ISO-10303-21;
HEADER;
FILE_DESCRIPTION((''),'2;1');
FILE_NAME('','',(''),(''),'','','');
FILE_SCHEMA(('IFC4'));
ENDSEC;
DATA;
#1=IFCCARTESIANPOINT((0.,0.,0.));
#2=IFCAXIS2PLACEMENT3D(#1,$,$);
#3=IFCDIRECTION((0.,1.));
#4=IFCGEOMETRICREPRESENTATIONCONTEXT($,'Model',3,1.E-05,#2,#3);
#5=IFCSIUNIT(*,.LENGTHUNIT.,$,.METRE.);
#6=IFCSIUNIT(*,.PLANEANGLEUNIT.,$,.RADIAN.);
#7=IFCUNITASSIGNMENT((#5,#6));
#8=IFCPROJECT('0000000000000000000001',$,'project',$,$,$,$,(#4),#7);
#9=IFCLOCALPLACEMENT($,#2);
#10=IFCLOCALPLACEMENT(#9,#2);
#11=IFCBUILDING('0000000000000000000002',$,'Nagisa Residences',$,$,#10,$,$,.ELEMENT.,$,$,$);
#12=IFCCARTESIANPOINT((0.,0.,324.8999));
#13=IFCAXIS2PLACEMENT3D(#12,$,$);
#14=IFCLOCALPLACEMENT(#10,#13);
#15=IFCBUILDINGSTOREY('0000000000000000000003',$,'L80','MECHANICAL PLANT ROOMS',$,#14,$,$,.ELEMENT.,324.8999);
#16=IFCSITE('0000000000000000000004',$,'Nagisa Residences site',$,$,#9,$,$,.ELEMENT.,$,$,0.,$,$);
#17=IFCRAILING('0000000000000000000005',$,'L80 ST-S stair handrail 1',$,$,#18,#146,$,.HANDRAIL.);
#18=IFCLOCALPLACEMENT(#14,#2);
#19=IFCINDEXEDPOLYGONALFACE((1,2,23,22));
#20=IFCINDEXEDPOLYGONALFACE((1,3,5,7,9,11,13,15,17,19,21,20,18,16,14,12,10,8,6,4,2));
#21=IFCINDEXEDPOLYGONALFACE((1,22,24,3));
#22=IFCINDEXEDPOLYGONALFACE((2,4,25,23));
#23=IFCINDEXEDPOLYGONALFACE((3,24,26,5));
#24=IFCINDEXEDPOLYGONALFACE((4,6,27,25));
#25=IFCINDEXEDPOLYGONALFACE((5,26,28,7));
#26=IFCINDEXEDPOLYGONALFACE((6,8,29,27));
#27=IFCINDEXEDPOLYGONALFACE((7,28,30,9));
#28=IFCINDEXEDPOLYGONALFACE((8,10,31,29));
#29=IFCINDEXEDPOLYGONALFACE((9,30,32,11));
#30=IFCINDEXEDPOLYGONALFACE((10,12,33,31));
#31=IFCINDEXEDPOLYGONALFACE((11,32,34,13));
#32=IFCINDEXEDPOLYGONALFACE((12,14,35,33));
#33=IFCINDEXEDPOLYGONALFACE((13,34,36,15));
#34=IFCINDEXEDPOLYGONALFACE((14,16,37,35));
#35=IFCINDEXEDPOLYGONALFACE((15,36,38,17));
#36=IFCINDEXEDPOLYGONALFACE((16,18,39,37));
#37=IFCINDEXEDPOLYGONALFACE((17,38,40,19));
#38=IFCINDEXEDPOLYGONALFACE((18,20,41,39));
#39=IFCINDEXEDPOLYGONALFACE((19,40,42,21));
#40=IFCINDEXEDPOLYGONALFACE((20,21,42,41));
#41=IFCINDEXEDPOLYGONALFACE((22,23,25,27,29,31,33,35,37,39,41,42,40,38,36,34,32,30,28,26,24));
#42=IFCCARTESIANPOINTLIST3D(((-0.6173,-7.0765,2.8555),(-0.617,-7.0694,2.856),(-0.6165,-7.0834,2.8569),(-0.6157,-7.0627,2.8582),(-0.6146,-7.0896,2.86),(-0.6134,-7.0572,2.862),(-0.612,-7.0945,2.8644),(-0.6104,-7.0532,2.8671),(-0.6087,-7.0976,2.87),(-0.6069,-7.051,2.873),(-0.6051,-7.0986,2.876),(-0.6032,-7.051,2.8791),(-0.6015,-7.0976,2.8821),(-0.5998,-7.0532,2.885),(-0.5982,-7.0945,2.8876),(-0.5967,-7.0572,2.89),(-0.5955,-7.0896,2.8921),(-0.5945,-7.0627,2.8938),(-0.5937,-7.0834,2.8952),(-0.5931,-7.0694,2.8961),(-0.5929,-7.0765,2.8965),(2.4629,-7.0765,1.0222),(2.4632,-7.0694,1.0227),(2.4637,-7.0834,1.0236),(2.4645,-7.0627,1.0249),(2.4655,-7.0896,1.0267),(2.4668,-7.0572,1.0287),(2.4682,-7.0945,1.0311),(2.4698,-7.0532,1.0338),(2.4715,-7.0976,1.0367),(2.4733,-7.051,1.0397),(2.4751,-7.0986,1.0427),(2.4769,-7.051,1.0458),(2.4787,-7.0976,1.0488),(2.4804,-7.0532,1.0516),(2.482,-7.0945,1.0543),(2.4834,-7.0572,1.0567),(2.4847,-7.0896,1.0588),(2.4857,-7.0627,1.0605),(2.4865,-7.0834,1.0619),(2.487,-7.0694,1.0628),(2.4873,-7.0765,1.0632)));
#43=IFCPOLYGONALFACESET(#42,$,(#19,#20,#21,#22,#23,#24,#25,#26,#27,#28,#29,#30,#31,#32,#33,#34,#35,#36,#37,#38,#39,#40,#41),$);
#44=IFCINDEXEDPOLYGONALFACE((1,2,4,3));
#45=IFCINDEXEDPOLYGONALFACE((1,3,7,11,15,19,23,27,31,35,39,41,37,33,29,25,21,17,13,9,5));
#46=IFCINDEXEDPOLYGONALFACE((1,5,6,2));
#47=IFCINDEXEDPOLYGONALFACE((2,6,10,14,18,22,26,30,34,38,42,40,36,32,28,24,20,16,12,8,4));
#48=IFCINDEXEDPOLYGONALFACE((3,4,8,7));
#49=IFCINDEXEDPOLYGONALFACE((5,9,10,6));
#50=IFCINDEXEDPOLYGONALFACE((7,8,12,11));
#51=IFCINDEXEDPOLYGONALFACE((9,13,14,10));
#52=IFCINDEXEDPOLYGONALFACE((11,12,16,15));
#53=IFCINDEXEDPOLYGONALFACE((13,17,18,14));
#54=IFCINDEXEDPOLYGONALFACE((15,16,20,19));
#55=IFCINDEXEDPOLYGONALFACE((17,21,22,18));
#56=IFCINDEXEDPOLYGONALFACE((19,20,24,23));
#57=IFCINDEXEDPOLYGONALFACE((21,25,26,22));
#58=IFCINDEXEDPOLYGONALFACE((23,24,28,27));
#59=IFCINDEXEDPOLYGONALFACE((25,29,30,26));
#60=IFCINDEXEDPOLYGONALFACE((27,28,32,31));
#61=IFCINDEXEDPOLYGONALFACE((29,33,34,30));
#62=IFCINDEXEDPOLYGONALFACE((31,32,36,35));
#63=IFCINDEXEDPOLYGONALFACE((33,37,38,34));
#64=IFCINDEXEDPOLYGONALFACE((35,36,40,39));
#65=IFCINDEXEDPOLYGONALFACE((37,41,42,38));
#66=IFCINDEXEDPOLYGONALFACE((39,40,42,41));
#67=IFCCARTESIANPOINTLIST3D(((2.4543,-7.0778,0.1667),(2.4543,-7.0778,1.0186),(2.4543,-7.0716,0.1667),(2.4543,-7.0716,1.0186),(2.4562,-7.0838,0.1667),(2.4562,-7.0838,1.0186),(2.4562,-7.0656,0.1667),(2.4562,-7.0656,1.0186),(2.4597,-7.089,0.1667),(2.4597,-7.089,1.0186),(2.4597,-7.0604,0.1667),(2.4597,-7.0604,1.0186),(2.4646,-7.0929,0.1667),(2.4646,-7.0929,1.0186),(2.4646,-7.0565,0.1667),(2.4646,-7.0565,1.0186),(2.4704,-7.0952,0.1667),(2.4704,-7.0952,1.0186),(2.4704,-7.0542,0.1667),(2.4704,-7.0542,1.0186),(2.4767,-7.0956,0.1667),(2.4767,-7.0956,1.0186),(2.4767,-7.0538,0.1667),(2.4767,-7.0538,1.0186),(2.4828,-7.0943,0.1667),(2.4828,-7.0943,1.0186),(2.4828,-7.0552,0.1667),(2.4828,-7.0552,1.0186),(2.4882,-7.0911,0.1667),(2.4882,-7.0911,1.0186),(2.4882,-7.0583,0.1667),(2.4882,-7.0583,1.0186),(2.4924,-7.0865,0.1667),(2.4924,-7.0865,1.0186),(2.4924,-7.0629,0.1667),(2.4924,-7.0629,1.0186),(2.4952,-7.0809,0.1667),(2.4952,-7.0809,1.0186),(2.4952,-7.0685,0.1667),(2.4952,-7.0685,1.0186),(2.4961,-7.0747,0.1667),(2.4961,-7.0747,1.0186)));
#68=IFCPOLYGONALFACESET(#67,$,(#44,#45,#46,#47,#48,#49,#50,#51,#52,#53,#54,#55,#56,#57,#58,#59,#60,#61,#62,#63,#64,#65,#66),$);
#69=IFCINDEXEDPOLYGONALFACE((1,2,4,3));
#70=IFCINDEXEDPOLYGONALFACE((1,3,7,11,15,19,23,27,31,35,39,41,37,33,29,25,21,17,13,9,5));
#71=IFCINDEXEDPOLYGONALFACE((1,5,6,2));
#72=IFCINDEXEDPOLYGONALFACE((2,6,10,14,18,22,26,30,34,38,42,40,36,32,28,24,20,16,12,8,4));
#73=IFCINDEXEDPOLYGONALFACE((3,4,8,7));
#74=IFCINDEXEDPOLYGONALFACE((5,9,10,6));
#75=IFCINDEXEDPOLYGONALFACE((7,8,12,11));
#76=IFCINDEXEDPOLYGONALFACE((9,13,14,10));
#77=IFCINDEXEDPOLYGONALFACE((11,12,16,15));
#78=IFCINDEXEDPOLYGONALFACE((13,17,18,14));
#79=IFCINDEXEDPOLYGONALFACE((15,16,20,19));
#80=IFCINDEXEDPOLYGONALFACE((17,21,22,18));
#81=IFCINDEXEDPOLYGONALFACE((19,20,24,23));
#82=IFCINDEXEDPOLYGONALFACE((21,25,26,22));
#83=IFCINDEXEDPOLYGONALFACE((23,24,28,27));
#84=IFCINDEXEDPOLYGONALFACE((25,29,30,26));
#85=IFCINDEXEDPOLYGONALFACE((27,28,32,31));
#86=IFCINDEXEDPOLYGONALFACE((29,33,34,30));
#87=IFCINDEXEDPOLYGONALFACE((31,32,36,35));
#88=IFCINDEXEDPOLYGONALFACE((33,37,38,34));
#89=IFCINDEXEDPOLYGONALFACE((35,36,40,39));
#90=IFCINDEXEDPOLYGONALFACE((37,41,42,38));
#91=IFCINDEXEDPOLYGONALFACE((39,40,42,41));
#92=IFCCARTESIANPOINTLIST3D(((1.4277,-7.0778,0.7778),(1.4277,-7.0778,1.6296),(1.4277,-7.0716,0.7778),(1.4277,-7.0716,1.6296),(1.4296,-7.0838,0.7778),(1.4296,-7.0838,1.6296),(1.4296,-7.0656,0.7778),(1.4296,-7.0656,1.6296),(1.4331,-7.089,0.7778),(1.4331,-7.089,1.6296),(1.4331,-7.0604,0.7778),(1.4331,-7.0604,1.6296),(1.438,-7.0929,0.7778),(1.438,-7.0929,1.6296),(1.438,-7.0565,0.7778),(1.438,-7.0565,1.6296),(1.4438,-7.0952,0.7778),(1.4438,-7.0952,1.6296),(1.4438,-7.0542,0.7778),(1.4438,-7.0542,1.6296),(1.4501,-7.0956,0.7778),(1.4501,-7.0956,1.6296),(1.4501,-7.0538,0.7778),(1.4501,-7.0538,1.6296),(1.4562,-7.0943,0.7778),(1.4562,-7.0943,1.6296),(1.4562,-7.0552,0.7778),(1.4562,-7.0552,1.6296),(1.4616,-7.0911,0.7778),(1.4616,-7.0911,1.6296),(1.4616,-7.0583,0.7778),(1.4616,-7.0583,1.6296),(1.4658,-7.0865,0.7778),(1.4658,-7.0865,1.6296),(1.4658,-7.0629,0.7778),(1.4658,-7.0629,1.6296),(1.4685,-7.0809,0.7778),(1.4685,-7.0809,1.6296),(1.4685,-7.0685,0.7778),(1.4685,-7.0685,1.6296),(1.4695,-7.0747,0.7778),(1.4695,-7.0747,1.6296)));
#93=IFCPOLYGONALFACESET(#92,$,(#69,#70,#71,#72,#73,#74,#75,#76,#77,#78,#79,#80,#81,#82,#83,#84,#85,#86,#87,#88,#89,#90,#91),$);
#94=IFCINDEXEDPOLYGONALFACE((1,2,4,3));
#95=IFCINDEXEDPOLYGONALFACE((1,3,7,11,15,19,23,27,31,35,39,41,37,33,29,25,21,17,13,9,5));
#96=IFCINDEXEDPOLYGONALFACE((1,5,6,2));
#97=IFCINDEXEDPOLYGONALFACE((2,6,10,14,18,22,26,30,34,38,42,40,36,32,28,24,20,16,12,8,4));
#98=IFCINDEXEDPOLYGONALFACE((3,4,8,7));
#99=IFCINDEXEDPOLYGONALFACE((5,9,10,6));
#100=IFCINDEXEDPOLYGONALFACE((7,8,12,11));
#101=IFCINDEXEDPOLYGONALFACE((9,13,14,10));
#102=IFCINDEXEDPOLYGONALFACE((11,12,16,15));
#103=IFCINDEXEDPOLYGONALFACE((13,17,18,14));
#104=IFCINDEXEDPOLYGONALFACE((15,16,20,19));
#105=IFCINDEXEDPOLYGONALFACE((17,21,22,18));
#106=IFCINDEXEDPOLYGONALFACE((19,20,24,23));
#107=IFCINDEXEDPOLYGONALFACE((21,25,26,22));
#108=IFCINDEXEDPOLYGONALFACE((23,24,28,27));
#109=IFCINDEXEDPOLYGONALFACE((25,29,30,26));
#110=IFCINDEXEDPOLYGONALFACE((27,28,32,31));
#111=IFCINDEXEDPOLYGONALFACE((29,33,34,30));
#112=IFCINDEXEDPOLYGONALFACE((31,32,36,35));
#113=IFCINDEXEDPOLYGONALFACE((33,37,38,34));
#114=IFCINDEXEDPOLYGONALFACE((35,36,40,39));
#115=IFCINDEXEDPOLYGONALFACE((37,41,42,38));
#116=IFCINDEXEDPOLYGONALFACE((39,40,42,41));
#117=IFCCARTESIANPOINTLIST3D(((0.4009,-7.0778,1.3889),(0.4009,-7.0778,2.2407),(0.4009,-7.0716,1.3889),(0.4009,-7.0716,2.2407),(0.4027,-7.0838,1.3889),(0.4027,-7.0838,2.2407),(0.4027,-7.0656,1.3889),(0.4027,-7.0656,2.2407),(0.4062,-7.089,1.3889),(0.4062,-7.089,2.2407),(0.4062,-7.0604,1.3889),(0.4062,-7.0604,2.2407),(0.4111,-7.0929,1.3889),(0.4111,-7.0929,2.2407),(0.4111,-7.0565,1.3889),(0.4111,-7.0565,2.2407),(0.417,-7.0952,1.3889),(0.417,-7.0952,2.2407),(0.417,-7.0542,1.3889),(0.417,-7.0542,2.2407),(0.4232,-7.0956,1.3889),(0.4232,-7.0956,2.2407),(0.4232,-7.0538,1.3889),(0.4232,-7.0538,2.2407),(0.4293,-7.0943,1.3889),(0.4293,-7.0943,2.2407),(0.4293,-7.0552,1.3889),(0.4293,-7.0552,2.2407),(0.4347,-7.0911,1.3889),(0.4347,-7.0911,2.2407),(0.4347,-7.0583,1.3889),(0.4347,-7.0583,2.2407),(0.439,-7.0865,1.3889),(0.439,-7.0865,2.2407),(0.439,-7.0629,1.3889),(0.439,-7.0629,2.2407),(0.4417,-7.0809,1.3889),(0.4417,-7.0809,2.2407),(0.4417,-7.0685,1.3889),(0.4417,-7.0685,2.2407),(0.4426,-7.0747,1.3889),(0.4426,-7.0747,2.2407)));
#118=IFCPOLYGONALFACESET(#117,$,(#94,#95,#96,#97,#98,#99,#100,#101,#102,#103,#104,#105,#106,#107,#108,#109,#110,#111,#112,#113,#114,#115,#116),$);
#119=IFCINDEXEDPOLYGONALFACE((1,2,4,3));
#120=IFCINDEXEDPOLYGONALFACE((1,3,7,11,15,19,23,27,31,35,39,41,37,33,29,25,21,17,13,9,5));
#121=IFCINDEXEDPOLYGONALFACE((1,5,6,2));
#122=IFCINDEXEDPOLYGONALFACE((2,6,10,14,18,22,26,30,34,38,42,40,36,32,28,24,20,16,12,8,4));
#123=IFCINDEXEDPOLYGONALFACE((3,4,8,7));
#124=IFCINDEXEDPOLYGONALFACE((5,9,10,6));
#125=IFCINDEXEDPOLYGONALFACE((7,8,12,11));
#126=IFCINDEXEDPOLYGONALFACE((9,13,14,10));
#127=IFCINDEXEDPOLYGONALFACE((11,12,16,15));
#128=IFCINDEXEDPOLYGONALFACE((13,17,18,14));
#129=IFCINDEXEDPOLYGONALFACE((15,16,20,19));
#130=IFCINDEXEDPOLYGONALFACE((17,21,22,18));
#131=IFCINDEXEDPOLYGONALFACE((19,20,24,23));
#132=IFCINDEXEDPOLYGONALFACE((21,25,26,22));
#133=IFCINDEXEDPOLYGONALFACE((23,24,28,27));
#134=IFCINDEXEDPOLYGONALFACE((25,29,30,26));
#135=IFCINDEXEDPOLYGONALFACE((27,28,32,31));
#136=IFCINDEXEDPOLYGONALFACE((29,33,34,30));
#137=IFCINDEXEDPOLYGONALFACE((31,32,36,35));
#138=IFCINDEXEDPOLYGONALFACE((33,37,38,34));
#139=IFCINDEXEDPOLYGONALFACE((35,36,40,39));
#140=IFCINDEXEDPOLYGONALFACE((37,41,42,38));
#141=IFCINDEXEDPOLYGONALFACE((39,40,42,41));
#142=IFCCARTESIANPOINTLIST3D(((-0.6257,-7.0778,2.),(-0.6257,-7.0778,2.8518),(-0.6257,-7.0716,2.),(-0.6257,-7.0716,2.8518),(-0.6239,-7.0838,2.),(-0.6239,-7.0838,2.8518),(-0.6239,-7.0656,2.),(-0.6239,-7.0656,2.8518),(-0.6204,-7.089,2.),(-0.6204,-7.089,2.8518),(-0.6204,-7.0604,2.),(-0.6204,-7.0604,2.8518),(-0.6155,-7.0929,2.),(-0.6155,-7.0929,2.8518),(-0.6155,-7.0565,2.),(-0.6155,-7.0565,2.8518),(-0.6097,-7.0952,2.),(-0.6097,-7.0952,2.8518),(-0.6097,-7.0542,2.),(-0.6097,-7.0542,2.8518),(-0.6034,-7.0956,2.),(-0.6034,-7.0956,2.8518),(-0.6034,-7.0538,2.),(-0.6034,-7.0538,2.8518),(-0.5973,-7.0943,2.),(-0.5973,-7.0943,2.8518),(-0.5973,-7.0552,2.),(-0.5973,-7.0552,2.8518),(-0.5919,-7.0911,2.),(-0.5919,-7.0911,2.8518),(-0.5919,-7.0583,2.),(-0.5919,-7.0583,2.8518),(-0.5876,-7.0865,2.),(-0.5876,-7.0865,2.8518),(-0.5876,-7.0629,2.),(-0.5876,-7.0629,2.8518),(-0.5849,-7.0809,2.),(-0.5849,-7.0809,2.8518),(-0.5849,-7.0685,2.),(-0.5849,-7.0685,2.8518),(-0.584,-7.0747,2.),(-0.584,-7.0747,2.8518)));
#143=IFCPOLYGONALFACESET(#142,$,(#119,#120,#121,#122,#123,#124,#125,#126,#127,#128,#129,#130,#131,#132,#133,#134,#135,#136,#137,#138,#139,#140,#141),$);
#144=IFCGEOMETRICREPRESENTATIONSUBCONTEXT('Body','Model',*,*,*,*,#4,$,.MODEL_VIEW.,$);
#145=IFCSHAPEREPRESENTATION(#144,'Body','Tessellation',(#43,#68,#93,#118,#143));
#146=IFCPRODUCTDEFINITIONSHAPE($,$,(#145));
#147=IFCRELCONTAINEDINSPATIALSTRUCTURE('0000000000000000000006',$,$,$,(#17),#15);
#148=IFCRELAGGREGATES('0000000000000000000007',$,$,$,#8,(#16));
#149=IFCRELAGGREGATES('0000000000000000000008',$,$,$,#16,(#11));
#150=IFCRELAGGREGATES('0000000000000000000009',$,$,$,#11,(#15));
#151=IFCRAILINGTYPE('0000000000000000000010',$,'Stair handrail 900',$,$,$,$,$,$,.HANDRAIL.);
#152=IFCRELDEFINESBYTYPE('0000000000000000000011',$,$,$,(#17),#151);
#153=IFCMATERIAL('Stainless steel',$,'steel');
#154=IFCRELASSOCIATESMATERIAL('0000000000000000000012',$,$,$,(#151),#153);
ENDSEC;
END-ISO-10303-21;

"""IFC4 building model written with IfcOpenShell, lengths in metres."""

from ifc_helpers import new_model, si_unit, direction, frame, origin, origin_2d, place, context, subcontext, project, spatial, circle, extrude, material, type_object, element, save


model = new_model("IFC4")

# Units and contexts
model_context = context("Model", 3, precision=1e-05, world=origin(), true_north=direction((0.0, 1.0)))
body_context = subcontext(model_context, "Body", "Model", "MODEL_VIEW")
ifc_project = project(units=[si_unit("LENGTHUNIT", "METRE"), si_unit("PLANEANGLEUNIT", "RADIAN")], contexts=[model_context])

# Site, building, storey
site_placement = place(None, origin())
site = spatial("IfcSite", under=ifc_project, at=site_placement, Name="Nagisa Residences site", CompositionType="ELEMENT", RefElevation=0.0)
building_placement = place(site_placement, origin())
building = spatial("IfcBuilding", under=site, at=building_placement, Name="Nagisa Residences", CompositionType="ELEMENT")
storey_placement = place(building_placement, frame((0.0, 0.0, 324.8999)))
storey = spatial("IfcBuildingStorey", under=building, at=storey_placement, Name="L80", Description="MECHANICAL PLANT ROOMS", CompositionType="ELEMENT", Elevation=324.8999)

# Railing
ifc_material_1 = material(Name="Stainless steel", Category="steel")
railing_type_1 = type_object("IfcRailingType", Name="Stair handrail 900", PredefinedType="HANDRAIL", material=ifc_material_1)
railing_1_placement = place(storey_placement, frame((2.4751, -7.0747, 0.1667)))
element("IfcRailing", 1, at=railing_1_placement, inside=storey, type_object=railing_type_1, Name="L80 ST-S stair handrail 1", PredefinedType="HANDRAIL", context=body_context, shape_type="SweptSolid", body=[
    extrude(circle(Radius=0.0239, at=origin_2d()), frame((0.0, 0.0, 0.876), z_axis=(-0.859309, 0.0, 0.511458), x_axis=(0.0, -1.0, 0.0)), (0.0, 0.0, 1.0), 3.5845),
    extrude(circle(Radius=0.021, at=origin_2d()), origin(), (0.0, 0.0, 1.0), 0.8518),
    extrude(circle(Radius=0.021, at=origin_2d()), frame((-1.0266, 0.0, 0.6111)), (0.0, 0.0, 1.0), 0.8518),
    extrude(circle(Radius=0.021, at=origin_2d()), frame((-2.0535, 0.0, 1.2222)), (0.0, 0.0, 1.0), 0.8518),
    extrude(circle(Radius=0.021, at=origin_2d()), frame((-3.0801, 0.0, 1.8333)), (0.0, 0.0, 1.0), 0.8518),
])

save(model, "model.ifc")
